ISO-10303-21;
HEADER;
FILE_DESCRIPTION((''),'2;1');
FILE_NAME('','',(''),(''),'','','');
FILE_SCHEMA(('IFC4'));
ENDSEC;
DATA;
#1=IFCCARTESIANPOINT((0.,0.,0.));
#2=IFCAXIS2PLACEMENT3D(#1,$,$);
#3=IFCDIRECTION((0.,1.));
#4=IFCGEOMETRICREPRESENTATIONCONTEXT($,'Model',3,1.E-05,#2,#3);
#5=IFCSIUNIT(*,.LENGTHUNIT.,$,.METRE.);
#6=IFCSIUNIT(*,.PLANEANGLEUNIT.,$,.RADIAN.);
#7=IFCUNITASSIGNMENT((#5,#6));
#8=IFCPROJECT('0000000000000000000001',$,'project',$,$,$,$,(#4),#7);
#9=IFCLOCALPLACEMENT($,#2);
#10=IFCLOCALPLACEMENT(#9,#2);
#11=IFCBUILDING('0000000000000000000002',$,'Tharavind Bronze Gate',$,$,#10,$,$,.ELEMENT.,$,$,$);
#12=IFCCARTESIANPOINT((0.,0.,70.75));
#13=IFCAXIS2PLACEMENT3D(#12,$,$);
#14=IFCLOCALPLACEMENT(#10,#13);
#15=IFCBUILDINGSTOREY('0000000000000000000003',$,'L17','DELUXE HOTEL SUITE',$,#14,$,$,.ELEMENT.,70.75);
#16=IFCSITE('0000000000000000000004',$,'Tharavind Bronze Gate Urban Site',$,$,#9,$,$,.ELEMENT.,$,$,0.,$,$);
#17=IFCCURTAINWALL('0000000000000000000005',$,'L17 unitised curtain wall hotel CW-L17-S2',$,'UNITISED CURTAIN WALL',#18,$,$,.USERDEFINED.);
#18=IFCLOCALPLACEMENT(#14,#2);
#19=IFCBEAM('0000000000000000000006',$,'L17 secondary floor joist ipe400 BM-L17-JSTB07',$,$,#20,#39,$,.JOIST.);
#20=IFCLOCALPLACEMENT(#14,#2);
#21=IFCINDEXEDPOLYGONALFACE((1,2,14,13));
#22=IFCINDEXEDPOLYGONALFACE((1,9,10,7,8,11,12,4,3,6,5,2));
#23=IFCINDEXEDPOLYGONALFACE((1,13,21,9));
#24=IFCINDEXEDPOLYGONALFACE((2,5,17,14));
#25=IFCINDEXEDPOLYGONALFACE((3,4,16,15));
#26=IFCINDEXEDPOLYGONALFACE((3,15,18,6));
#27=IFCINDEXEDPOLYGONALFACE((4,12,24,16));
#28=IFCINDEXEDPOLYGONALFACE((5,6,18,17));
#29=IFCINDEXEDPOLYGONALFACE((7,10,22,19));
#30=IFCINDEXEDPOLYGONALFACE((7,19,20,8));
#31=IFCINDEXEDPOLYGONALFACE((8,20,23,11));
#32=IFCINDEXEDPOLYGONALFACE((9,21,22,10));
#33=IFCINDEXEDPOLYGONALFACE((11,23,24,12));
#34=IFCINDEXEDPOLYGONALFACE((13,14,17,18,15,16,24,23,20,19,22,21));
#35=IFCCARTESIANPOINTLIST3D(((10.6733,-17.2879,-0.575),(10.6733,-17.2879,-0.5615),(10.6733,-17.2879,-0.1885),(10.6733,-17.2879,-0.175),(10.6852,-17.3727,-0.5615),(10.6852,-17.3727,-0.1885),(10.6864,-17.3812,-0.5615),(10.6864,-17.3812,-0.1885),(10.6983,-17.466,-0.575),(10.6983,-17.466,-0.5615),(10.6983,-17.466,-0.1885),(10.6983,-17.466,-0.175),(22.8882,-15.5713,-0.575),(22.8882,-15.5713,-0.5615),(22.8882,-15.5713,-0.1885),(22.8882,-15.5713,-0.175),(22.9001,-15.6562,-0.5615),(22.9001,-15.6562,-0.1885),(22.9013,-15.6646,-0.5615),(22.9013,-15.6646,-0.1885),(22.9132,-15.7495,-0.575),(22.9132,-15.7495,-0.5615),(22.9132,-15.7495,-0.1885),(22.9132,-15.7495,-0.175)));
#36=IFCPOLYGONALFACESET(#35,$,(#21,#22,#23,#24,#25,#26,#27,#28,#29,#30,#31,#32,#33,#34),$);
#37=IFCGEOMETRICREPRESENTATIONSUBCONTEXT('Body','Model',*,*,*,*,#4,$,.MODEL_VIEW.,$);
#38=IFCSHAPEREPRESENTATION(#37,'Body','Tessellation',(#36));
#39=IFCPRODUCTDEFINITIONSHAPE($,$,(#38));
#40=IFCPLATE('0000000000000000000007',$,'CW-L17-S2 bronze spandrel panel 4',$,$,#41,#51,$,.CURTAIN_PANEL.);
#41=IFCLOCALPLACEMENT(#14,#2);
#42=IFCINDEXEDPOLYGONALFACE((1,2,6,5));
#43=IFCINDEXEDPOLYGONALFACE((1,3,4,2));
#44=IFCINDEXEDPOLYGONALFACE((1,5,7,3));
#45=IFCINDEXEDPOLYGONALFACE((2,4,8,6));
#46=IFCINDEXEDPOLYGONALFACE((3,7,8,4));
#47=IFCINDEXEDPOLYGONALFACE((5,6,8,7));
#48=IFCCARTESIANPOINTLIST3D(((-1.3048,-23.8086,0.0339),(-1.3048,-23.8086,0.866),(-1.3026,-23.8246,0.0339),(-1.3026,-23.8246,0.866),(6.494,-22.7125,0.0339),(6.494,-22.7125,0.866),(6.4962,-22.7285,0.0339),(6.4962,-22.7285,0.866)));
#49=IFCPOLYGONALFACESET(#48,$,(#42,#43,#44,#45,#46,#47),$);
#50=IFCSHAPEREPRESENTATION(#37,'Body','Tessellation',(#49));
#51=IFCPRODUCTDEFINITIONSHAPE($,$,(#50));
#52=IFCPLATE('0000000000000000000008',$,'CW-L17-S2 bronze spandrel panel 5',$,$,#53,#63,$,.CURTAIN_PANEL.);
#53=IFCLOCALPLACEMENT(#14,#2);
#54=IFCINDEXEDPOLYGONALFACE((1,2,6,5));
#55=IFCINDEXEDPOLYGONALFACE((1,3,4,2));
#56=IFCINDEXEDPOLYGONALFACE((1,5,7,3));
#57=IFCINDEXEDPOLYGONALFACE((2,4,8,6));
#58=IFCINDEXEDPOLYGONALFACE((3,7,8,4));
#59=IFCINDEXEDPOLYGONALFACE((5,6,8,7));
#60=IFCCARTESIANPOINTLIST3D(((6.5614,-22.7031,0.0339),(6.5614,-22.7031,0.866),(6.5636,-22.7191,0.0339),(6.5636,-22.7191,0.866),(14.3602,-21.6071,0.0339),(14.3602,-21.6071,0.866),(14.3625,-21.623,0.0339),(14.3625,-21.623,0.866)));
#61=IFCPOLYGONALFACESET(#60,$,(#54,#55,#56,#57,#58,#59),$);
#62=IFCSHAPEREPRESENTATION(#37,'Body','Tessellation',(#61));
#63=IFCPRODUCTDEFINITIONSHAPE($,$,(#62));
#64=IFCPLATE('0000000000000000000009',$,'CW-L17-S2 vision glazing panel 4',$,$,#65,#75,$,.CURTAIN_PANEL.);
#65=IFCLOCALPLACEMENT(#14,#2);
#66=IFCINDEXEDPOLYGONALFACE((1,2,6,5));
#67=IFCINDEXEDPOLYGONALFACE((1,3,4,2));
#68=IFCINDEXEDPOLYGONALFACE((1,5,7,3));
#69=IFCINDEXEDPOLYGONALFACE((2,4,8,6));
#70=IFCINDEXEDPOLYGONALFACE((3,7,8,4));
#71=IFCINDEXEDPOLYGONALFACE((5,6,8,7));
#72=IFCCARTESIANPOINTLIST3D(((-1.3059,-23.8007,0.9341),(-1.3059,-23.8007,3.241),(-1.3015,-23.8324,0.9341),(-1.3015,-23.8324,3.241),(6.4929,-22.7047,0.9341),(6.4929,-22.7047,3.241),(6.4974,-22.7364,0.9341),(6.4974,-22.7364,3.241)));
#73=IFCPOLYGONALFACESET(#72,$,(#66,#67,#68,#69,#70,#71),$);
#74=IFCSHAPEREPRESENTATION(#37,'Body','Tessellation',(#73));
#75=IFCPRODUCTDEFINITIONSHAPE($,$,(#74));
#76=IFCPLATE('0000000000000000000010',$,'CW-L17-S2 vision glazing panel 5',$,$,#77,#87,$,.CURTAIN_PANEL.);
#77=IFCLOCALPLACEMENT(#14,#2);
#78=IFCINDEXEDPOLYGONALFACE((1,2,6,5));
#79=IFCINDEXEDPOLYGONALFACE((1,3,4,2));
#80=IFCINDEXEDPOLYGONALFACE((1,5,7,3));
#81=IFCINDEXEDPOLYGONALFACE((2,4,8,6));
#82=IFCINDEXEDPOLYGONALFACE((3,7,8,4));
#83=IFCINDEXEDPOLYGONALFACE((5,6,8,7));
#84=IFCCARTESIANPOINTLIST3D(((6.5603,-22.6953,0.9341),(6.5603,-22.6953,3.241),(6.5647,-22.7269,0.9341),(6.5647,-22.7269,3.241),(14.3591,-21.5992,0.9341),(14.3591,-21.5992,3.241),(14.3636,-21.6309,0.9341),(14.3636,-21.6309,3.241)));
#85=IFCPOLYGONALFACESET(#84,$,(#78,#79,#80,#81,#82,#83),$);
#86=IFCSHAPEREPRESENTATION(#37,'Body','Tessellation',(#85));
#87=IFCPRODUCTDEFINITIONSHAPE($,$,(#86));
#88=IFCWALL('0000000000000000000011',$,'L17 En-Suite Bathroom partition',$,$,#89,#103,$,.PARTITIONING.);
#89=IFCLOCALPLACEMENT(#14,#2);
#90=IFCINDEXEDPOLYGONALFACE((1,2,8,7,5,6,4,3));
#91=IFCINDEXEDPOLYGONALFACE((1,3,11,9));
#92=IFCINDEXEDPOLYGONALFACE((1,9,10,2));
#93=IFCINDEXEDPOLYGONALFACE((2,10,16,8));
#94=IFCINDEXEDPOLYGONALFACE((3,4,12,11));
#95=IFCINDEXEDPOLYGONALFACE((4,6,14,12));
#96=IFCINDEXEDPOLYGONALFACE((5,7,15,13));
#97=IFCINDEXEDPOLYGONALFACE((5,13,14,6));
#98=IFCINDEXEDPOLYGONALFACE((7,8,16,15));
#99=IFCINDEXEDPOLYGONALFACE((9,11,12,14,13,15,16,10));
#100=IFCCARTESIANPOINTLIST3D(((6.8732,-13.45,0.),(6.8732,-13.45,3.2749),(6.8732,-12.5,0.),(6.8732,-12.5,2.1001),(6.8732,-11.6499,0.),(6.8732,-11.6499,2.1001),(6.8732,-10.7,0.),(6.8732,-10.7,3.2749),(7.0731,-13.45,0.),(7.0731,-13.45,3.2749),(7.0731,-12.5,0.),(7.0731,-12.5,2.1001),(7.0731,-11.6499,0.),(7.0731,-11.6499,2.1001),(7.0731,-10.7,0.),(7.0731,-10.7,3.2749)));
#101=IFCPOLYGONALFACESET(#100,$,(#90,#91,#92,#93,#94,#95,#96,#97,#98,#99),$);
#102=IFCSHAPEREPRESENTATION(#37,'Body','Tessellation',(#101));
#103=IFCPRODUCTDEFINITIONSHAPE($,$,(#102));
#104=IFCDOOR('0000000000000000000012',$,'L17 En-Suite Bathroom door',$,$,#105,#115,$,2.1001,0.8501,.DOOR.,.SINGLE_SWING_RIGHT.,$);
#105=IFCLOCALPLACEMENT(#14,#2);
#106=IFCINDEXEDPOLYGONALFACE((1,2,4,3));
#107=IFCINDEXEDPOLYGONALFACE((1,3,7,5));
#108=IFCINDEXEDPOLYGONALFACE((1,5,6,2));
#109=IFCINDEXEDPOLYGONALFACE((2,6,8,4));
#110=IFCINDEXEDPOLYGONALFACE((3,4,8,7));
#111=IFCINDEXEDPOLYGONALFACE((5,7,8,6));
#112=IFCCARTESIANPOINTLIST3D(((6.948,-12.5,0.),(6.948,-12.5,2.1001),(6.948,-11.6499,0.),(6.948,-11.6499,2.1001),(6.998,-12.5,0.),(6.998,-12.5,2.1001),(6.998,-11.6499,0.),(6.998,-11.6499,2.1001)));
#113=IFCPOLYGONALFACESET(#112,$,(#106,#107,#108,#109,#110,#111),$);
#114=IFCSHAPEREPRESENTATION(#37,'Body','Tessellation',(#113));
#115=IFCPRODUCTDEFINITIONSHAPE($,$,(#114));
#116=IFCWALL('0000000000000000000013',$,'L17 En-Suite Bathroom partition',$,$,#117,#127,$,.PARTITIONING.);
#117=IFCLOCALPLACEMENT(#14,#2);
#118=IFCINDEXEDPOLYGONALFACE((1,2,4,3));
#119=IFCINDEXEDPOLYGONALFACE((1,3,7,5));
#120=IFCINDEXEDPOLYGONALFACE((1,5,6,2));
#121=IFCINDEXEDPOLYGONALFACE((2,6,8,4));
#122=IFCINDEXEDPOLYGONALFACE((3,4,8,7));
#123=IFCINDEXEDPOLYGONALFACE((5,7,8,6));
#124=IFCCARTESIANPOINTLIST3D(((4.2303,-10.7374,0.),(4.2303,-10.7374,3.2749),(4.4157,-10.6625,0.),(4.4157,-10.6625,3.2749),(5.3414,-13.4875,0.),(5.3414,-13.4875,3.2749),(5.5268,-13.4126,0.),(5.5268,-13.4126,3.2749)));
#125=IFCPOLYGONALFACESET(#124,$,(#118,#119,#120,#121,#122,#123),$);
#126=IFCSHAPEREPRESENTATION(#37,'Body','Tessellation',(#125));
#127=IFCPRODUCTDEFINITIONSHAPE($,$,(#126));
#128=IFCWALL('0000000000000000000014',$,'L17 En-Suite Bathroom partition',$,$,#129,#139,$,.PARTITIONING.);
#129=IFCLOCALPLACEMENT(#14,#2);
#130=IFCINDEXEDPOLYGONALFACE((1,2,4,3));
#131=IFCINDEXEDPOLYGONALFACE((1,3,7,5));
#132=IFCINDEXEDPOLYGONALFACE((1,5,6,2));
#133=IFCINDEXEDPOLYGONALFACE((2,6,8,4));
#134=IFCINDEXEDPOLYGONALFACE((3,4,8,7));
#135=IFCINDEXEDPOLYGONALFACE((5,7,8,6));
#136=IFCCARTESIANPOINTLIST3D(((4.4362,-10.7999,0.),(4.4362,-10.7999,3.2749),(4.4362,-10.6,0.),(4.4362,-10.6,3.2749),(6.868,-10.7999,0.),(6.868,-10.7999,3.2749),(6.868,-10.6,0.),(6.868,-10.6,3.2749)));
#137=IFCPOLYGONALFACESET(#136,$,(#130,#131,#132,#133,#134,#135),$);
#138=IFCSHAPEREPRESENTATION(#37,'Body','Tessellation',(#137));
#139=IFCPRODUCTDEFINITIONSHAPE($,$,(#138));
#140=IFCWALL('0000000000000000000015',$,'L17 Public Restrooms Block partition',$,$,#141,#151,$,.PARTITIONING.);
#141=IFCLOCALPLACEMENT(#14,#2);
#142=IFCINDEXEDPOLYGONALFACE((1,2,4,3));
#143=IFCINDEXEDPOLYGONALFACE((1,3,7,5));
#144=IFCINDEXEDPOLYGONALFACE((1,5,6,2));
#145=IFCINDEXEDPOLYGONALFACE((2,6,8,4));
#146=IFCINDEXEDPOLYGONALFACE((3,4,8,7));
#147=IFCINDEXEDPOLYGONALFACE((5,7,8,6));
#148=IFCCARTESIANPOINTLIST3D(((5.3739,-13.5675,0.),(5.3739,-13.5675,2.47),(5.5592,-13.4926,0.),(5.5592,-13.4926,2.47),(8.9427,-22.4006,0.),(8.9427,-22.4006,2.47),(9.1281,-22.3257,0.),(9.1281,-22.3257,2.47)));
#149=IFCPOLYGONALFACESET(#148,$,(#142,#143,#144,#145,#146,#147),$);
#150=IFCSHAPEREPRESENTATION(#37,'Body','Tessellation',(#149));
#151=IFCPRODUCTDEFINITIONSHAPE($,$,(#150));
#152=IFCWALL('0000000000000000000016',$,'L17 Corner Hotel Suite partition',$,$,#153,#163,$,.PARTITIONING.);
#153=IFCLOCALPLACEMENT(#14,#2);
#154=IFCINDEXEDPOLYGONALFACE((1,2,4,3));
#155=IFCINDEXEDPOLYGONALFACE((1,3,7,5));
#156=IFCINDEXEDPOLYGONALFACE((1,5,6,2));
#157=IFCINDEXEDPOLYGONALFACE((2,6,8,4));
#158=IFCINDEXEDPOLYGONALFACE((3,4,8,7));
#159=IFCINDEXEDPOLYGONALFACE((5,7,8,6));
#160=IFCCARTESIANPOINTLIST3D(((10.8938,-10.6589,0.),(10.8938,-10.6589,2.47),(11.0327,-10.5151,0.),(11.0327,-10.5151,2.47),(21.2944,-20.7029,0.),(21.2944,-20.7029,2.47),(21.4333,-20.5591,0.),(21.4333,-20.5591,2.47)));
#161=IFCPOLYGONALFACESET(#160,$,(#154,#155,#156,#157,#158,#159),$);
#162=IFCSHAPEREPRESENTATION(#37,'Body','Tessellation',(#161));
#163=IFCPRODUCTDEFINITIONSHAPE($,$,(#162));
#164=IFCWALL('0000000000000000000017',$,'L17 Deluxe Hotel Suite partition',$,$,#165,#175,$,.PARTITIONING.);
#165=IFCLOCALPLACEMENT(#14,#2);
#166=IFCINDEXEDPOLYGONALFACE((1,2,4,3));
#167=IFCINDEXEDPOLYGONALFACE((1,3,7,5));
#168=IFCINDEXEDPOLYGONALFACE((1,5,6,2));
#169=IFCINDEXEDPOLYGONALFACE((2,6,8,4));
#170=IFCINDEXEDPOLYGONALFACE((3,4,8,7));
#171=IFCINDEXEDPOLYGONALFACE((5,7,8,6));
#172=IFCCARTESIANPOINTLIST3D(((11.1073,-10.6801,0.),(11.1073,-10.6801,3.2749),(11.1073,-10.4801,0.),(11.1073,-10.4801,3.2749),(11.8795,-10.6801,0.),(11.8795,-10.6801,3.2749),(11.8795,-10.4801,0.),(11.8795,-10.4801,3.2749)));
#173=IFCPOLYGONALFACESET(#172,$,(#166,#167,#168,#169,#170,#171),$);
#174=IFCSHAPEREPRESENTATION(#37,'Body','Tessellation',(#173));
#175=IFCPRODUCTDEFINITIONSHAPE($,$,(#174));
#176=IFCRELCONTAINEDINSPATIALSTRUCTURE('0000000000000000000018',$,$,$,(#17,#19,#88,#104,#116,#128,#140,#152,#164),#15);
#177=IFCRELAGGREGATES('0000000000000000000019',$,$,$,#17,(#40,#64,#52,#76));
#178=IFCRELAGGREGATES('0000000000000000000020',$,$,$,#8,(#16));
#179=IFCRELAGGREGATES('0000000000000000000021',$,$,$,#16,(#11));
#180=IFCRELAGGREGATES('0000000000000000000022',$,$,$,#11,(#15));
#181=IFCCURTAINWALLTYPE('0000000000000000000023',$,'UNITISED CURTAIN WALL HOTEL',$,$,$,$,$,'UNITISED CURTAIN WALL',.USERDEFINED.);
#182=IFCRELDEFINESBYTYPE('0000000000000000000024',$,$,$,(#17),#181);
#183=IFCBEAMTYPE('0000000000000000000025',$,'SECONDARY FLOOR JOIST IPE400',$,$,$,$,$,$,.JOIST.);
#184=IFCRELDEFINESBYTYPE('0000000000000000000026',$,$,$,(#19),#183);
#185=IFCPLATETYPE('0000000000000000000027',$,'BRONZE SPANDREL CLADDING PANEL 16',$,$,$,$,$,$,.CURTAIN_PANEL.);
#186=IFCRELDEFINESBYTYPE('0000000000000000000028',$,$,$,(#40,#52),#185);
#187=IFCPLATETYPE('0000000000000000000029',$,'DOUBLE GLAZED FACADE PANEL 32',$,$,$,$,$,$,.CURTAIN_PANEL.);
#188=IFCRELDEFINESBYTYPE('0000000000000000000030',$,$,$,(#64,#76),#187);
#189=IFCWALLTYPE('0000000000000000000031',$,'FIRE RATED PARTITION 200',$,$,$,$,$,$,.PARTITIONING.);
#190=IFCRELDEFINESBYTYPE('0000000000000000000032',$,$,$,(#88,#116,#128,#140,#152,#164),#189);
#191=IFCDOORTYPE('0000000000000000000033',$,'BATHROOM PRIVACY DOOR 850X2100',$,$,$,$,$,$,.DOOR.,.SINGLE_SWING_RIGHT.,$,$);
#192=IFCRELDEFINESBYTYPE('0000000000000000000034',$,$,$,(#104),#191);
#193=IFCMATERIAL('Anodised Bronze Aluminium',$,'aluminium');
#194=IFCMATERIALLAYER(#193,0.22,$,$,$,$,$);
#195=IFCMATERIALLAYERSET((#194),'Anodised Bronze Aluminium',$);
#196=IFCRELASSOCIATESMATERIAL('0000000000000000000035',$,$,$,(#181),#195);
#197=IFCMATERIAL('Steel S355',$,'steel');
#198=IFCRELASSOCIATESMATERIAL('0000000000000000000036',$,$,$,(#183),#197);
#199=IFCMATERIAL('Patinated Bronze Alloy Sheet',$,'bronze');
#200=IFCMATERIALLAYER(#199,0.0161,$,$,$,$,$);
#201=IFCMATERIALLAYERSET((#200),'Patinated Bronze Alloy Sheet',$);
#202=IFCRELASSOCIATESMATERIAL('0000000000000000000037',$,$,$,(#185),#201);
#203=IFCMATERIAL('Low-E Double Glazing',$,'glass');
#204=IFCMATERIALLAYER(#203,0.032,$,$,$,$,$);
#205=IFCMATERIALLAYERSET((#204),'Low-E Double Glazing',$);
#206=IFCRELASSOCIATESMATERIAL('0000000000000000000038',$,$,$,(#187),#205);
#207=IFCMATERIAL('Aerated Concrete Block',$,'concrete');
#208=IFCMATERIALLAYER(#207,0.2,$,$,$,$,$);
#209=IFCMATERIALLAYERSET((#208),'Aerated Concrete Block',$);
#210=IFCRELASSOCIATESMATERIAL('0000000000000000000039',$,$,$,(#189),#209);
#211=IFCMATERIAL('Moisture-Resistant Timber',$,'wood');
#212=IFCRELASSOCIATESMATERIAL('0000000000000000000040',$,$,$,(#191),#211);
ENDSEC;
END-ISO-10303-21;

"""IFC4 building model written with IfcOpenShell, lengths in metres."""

from ifc_helpers import new_model, si_unit, direction, frame, frame_2d, origin, origin_2d, place, context, subcontext, project, spatial, rectangle, i_section, extrude, material, layer, layer_set, material_profile, profile_set, type_object, element, fill, aggregate, save


model = new_model("IFC4")

# Units and contexts
model_context = context("Model", 3, precision=1e-05, world=origin(), true_north=direction((0.0, 1.0)))
body_context = subcontext(model_context, "Body", "Model", "MODEL_VIEW")
ifc_project = project(units=[si_unit("LENGTHUNIT", "METRE"), si_unit("PLANEANGLEUNIT", "RADIAN")], contexts=[model_context])

# Site, building, storey
site_placement = place(None, origin())
site = spatial("IfcSite", under=ifc_project, at=site_placement, Name="Tharavind Bronze Gate Urban Site", CompositionType="ELEMENT", RefElevation=0.0)
building_placement = place(site_placement, origin())
building = spatial("IfcBuilding", under=site, at=building_placement, Name="Tharavind Bronze Gate", CompositionType="ELEMENT")
storey_placement = place(building_placement, frame((0.0, 0.0, 70.75)))
storey = spatial("IfcBuildingStorey", under=building, at=storey_placement, Name="L17", Description="DELUXE HOTEL SUITE", CompositionType="ELEMENT", Elevation=70.75)

# Curtain wall
ifc_material_1 = material(Name="Anodised Bronze Aluminium", Category="aluminium")
ifc_layer_1 = layer(ifc_material_1, 0.22)
ifc_layer_set_1 = layer_set([ifc_layer_1], Name="Anodised Bronze Aluminium")
curtain_wall_type = type_object("IfcCurtainWallType", Name="UNITISED CURTAIN WALL HOTEL", ElementType="UNITISED CURTAIN WALL", PredefinedType="USERDEFINED", material=ifc_layer_set_1)
curtain_wall_placement = place(storey_placement, origin())
curtain_wall = element("IfcCurtainWall", 1, at=curtain_wall_placement, inside=storey, type_object=curtain_wall_type, Name="L17 unitised curtain wall hotel CW-L17-S2", ObjectType="UNITISED CURTAIN WALL", PredefinedType="USERDEFINED")

# Beam
ifc_material_2 = material(Name="Steel S355", Category="steel")
ifc_material_profile_1 = material_profile(ifc_material_2, i_section(OverallWidth=0.1799, OverallDepth=0.3999, WebThickness=0.0085, FlangeThickness=0.0134, at=origin_2d()), Name="IPE400")
ifc_profile_set_1 = profile_set([ifc_material_profile_1], Name="Steel S355")
beam_type_1 = type_object("IfcBeamType", Name="SECONDARY FLOOR JOIST IPE400", PredefinedType="JOIST", material=ifc_profile_set_1)
beam_1_placement = place(storey_placement, frame((10.6858, -17.377, -0.375), z_axis=(0.99027, 0.139163, 0.0), x_axis=(-0.139163, 0.99027, 0.0)))
element("IfcBeam", 2, at=beam_1_placement, inside=storey, type_object=beam_type_1, Name="L17 secondary floor joist ipe400 BM-L17-JSTB07", PredefinedType="JOIST", context=body_context, shape_type="SweptSolid", body=[
    extrude(i_section(OverallWidth=0.1799, OverallDepth=0.3999, WebThickness=0.0085, FlangeThickness=0.0134, at=origin_2d()), origin(), (0.0, 0.0, 1.0), 12.335),
])

# Plates
ifc_material_3 = material(Name="Patinated Bronze Alloy Sheet", Category="bronze")
ifc_layer_2 = layer(ifc_material_3, 0.0161)
ifc_layer_set_2 = layer_set([ifc_layer_2], Name="Patinated Bronze Alloy Sheet")
plate_type_1 = type_object("IfcPlateType", Name="BRONZE SPANDREL CLADDING PANEL 16", PredefinedType="CURTAIN_PANEL", material=ifc_layer_set_2)
plate_1_placement = place(storey_placement, frame((2.5957, -23.2686, 0.0339), z_axis=(0.0, 0.0, 1.0), x_axis=(0.990268, 0.139173, 0.0)))
plate_1 = element("IfcPlate", 3, at=plate_1_placement, type_object=plate_type_1, Name="CW-L17-S2 bronze spandrel panel 4", PredefinedType="CURTAIN_PANEL", context=body_context, shape_type="SweptSolid", body=[
    extrude(rectangle(XDim=7.8755, YDim=0.0161, at=origin_2d()), origin(), (0.0, 0.0, 1.0), 0.832),
])
plate_2_placement = place(storey_placement, frame((10.4619, -22.1631, 0.0339), z_axis=(0.0, 0.0, 1.0), x_axis=(0.990268, 0.139173, 0.0)))
plate_2 = element("IfcPlate", 4, at=plate_2_placement, type_object=plate_type_1, Name="CW-L17-S2 bronze spandrel panel 5", PredefinedType="CURTAIN_PANEL", context=body_context, shape_type="SweptSolid", body=[
    extrude(rectangle(XDim=7.8755, YDim=0.0161, at=origin_2d()), origin(), (0.0, 0.0, 1.0), 0.832),
])
ifc_material_4 = material(Name="Low-E Double Glazing", Category="glass")
ifc_layer_3 = layer(ifc_material_4, 0.032)
ifc_layer_set_3 = layer_set([ifc_layer_3], Name="Low-E Double Glazing")
plate_type_2 = type_object("IfcPlateType", Name="DOUBLE GLAZED FACADE PANEL 32", PredefinedType="CURTAIN_PANEL", material=ifc_layer_set_3)
plate_3_placement = place(storey_placement, frame((2.5957, -23.2686, 0.9341), z_axis=(0.0, 0.0, 1.0), x_axis=(0.990268, 0.139173, 0.0)))
plate_3 = element("IfcPlate", 5, at=plate_3_placement, type_object=plate_type_2, Name="CW-L17-S2 vision glazing panel 4", PredefinedType="CURTAIN_PANEL", context=body_context, shape_type="SweptSolid", body=[
    extrude(rectangle(XDim=7.8755, YDim=0.032, at=origin_2d()), origin(), (0.0, 0.0, 1.0), 2.3069),
])
plate_4_placement = place(storey_placement, frame((10.4619, -22.1631, 0.9341), z_axis=(0.0, 0.0, 1.0), x_axis=(0.990268, 0.139173, 0.0)))
plate_4 = element("IfcPlate", 6, at=plate_4_placement, type_object=plate_type_2, Name="CW-L17-S2 vision glazing panel 5", PredefinedType="CURTAIN_PANEL", context=body_context, shape_type="SweptSolid", body=[
    extrude(rectangle(XDim=7.8755, YDim=0.032, at=origin_2d()), origin(), (0.0, 0.0, 1.0), 2.3069),
])
aggregate(curtain_wall, [plate_1, plate_3, plate_2, plate_4])

# Wall, opening, door
ifc_material_5 = material(Name="Aerated Concrete Block", Category="concrete")
ifc_layer_4 = layer(ifc_material_5, 0.2)
ifc_layer_set_4 = layer_set([ifc_layer_4], Name="Aerated Concrete Block")
wall_type_1 = type_object("IfcWallType", Name="FIRE RATED PARTITION 200", PredefinedType="PARTITIONING", material=ifc_layer_set_4)
wall_1_placement = place(storey_placement, frame((6.9731, -10.7, 0.0), z_axis=(0.0, 0.0, 1.0), x_axis=(0.0, -1.0, 0.0)))
wall_1 = element("IfcWall", 7, at=wall_1_placement, inside=storey, type_object=wall_type_1, Name="L17 En-Suite Bathroom partition", PredefinedType="PARTITIONING", context=body_context, shape_type="SweptSolid", body=[
    extrude(rectangle(XDim=2.75, YDim=0.2, at=frame_2d((1.375, 0.0))), origin(), (0.0, 0.0, 1.0), 3.2749),
])
opening_1_placement = place(wall_1_placement, frame((0.95, 0.0, 0.0)))
opening_1 = element("IfcOpeningElement", 8, at=opening_1_placement, cuts=wall_1, PredefinedType="OPENING", context=body_context, shape_type="SweptSolid", body=[
    extrude(rectangle(XDim=0.8501, YDim=2.1001, at=frame_2d((0.425, 1.05))), frame((0.0, 0.1101, 0.0), z_axis=(0.0, -1.0, 0.0), x_axis=(1.0, 0.0, 0.0)), (0.0, 0.0, 1.0), 0.22),
])
ifc_material_6 = material(Name="Moisture-Resistant Timber", Category="wood")
door_type_1 = type_object("IfcDoorType", Name="BATHROOM PRIVACY DOOR 850X2100", OperationType="SINGLE_SWING_RIGHT", PredefinedType="DOOR", material=ifc_material_6)
door_1_placement = place(opening_1_placement, origin())
door_1 = element("IfcDoor", 9, at=door_1_placement, inside=storey, type_object=door_type_1, Name="L17 En-Suite Bathroom door", OperationType="SINGLE_SWING_RIGHT", OverallHeight=2.1001, OverallWidth=0.8501, PredefinedType="DOOR", context=body_context, shape_type="SweptSolid", body=[
    extrude(rectangle(XDim=0.8501, YDim=2.1001, at=frame_2d((0.425, 1.05))), frame((0.0, 0.0249, 0.0), z_axis=(0.0, -1.0, 0.0), x_axis=(1.0, 0.0, 0.0)), (0.0, 0.0, 1.0), 0.05),
])
fill(opening_1, door_1)

# Walls
wall_2_placement = place(storey_placement, frame((5.4341, -13.45, 0.0), z_axis=(0.0, 0.0, 1.0), x_axis=(-0.37461, 0.927182, 0.0)))
element("IfcWall", 10, at=wall_2_placement, inside=storey, type_object=wall_type_1, Name="L17 En-Suite Bathroom partition", PredefinedType="PARTITIONING", context=body_context, shape_type="SweptSolid", body=[
    extrude(rectangle(XDim=2.9661, YDim=0.2, at=frame_2d((1.4829, 0.0))), origin(), (0.0, 0.0, 1.0), 3.2749),
])
wall_3_placement = place(storey_placement, frame((4.4363, -10.7, 0.0), z_axis=(0.0, 0.0, 1.0), x_axis=(1.0, 0.0, 0.0)))
element("IfcWall", 11, at=wall_3_placement, inside=storey, type_object=wall_type_1, Name="L17 En-Suite Bathroom partition", PredefinedType="PARTITIONING", context=body_context, shape_type="SweptSolid", body=[
    extrude(rectangle(XDim=2.4319, YDim=0.2, at=frame_2d((1.2158, 0.0))), origin(), (0.0, 0.0, 1.0), 3.2749),
])
wall_4_placement = place(storey_placement, frame((5.4666, -13.53, 0.0), z_axis=(0.0, 0.0, 1.0), x_axis=(0.374605, -0.927185, 0.0)))
element("IfcWall", 12, at=wall_4_placement, inside=storey, type_object=wall_type_1, Name="L17 Public Restrooms Block partition", PredefinedType="PARTITIONING", context=body_context, shape_type="SweptSolid", body=[
    extrude(rectangle(XDim=9.5269, YDim=0.2, at=frame_2d((4.7634, 0.0))), origin(), (0.0, 0.0, 1.0), 2.47),
])

# Walls
wall_5_placement = place(storey_placement, frame((10.9631, -10.5869, 0.0), z_axis=(0.0, 0.0, 1.0), x_axis=(0.719334, -0.694664, 0.0)))
element("IfcWall", 13, at=wall_5_placement, inside=storey, type_object=wall_type_1, Name="L17 Corner Hotel Suite partition", PredefinedType="PARTITIONING", context=body_context, shape_type="SweptSolid", body=[
    extrude(rectangle(XDim=14.4587, YDim=0.2, at=frame_2d((7.2295, 0.0))), origin(), (0.0, 0.0, 1.0), 2.47),
])
wall_6_placement = place(storey_placement, frame((11.1072, -10.5801, 0.0), z_axis=(0.0, 0.0, 1.0), x_axis=(1.0, 0.0, 0.0)))
element("IfcWall", 14, at=wall_6_placement, inside=storey, type_object=wall_type_1, Name="L17 Deluxe Hotel Suite partition", PredefinedType="PARTITIONING", context=body_context, shape_type="SweptSolid", body=[
    extrude(rectangle(XDim=0.7722, YDim=0.2, at=frame_2d((0.3862, 0.0))), origin(), (0.0, 0.0, 1.0), 3.2749),
])

save(model, "model.ifc")
